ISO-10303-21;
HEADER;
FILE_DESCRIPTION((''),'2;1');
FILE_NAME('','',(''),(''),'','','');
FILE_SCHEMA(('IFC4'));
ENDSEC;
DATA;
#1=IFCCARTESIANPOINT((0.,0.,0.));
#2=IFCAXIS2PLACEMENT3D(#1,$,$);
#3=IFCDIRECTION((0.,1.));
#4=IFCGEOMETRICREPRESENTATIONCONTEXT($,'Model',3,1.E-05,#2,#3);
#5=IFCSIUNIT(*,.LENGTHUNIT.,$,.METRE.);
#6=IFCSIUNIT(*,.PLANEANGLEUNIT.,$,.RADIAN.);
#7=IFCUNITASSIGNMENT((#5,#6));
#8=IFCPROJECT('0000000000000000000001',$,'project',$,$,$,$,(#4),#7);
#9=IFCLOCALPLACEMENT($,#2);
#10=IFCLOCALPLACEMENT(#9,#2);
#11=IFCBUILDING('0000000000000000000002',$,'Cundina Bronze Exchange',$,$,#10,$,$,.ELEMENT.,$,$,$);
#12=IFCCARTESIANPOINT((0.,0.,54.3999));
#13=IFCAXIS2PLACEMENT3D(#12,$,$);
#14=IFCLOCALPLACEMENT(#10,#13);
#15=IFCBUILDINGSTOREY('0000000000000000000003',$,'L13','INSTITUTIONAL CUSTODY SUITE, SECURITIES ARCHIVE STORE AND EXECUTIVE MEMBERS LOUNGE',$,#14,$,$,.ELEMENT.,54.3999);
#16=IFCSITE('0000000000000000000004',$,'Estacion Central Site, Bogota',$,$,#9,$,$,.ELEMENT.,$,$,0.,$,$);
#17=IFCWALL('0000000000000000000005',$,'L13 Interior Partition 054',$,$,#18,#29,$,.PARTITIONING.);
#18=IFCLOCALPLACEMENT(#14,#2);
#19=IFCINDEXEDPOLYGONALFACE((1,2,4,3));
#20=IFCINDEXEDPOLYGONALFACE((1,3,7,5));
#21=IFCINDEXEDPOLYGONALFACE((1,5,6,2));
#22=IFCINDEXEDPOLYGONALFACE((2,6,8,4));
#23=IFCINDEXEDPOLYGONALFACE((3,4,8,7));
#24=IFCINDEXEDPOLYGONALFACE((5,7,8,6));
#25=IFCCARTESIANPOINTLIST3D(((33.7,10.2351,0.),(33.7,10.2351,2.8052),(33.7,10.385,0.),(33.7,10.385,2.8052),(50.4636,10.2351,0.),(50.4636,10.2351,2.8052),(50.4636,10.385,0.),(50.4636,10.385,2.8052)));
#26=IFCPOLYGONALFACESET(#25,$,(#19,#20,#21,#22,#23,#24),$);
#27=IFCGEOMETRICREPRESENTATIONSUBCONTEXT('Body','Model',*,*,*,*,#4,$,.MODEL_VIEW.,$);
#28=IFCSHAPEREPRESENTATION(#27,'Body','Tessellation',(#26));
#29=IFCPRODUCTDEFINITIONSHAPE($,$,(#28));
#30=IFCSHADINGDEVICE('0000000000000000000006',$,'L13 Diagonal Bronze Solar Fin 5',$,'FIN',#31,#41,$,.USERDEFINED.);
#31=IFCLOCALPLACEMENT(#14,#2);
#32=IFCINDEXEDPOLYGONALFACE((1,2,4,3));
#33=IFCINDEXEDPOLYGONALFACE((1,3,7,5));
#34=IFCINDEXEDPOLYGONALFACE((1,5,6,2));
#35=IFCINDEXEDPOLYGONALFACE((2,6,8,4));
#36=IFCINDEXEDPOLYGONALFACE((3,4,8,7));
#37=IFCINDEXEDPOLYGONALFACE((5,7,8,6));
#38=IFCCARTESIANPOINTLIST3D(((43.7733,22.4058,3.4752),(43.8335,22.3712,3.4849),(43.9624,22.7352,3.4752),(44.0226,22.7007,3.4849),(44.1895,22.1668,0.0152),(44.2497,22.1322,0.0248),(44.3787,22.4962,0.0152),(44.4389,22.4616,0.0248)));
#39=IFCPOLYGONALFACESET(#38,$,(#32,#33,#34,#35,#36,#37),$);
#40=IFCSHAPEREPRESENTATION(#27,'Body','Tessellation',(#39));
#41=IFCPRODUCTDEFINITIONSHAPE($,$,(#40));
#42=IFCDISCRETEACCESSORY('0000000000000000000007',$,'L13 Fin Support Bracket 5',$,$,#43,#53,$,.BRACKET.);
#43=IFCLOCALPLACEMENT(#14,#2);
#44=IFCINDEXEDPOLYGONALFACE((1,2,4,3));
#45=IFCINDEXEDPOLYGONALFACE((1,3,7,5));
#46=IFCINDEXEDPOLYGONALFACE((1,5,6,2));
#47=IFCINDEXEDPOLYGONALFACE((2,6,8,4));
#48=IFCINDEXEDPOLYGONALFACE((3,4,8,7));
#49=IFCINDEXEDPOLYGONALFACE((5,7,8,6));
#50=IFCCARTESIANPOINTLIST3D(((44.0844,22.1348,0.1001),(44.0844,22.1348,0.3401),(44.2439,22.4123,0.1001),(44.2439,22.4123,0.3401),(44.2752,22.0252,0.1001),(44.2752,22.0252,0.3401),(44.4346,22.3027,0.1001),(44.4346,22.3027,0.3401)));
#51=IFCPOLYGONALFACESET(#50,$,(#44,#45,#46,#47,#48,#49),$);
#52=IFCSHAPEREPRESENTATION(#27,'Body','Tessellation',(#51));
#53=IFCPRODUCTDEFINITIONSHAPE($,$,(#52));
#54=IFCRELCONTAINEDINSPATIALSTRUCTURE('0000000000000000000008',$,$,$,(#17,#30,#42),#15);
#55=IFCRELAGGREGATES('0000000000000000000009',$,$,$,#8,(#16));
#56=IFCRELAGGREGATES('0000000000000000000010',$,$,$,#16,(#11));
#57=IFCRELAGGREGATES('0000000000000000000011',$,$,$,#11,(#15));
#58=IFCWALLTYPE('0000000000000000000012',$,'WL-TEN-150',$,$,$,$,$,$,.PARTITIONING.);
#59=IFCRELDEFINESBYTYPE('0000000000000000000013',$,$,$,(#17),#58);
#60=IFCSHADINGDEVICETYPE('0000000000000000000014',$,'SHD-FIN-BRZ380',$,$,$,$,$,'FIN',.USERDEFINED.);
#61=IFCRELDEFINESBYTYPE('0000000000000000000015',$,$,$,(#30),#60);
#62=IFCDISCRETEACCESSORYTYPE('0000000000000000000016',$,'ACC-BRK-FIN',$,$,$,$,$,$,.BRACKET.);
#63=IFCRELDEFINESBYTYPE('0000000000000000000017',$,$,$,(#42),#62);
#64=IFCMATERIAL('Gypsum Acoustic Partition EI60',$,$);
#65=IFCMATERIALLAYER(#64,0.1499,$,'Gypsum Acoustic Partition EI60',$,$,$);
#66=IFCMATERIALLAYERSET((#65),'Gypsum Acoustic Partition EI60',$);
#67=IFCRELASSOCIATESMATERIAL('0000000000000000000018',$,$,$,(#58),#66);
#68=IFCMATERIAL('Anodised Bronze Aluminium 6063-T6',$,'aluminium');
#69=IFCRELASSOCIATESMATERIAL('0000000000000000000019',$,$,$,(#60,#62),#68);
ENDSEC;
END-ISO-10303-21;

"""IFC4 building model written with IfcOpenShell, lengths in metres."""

from ifc_helpers import new_model, si_unit, direction, frame, frame_2d, origin, origin_2d, place, context, subcontext, project, spatial, rectangle, extrude, material, layer, layer_set, material_profile, profile_set, type_object, element, save


model = new_model("IFC4")

# Units and contexts
model_context = context("Model", 3, precision=1e-05, world=origin(), true_north=direction((0.0, 1.0)))
body_context = subcontext(model_context, "Body", "Model", "MODEL_VIEW")
ifc_project = project(units=[si_unit("LENGTHUNIT", "METRE"), si_unit("PLANEANGLEUNIT", "RADIAN")], contexts=[model_context])

# Site, building, storey
site_placement = place(None, origin())
site = spatial("IfcSite", under=ifc_project, at=site_placement, Name="Estacion Central Site, Bogota", CompositionType="ELEMENT", RefElevation=0.0)
building_placement = place(site_placement, origin())
building = spatial("IfcBuilding", under=site, at=building_placement, Name="Cundina Bronze Exchange", CompositionType="ELEMENT")
storey_placement = place(building_placement, frame((0.0, 0.0, 54.3999)))
storey = spatial("IfcBuildingStorey", under=building, at=storey_placement, Name="L13", Description="INSTITUTIONAL CUSTODY SUITE, SECURITIES ARCHIVE STORE AND EXECUTIVE MEMBERS LOUNGE", CompositionType="ELEMENT", Elevation=54.3999)

# Shared definitions
ifc_material_1 = material(Name="Anodised Bronze Aluminium 6063-T6", Category="aluminium")

# Wall
ifc_material_2 = material(Name="Gypsum Acoustic Partition EI60")
ifc_layer_1 = layer(ifc_material_2, 0.1499, Name="Gypsum Acoustic Partition EI60")
ifc_layer_set_1 = layer_set([ifc_layer_1], Name="Gypsum Acoustic Partition EI60")
wall_type_1 = type_object("IfcWallType", Name="WL-TEN-150", PredefinedType="PARTITIONING", material=ifc_layer_set_1)
wall_1_placement = place(storey_placement, frame((33.7, 10.3101, 0.0), z_axis=(0.0, 0.0, 1.0), x_axis=(1.0, 0.0, 0.0)))
element("IfcWall", 1, at=wall_1_placement, inside=storey, type_object=wall_type_1, Name="L13 Interior Partition 054", PredefinedType="PARTITIONING", context=body_context, shape_type="SweptSolid", body=[
    extrude(rectangle(XDim=16.7637, YDim=0.1499, at=frame_2d((8.3818, 0.0))), origin(), (0.0, 0.0, 1.0), 2.8052),
])

# Shading device
ifc_material_profile_1 = material_profile(ifc_material_1, rectangle(XDim=0.0701, YDim=0.3799, at=origin_2d()), Name="FIN70X380", Category="aluminium")
ifc_profile_set_1 = profile_set([ifc_material_profile_1], Name="Anodised Bronze Aluminium 6063-T6")
shading_device_type = type_object("IfcShadingDeviceType", Name="SHD-FIN-BRZ380", ElementType="FIN", PredefinedType="USERDEFINED", material=ifc_profile_set_1)
shading_device_placement = place(storey_placement, frame((44.3142, 22.3142, 0.02), z_axis=(-0.119166, 0.068425, 0.990514), x_axis=(0.858982, -0.493222, 0.137414)))
element("IfcShadingDevice", 2, at=shading_device_placement, inside=storey, type_object=shading_device_type, Name="L13 Diagonal Bronze Solar Fin 5", ObjectType="FIN", PredefinedType="USERDEFINED", context=body_context, shape_type="SweptSolid", body=[
    extrude(rectangle(XDim=0.0701, YDim=0.3799, at=origin_2d()), origin(), (0.0, 0.0, 1.0), 3.4932),
])

# Discrete accessory
discrete_accessory_type = type_object("IfcDiscreteAccessoryType", Name="ACC-BRK-FIN", PredefinedType="BRACKET", material=ifc_material_1)
discrete_accessory_placement = place(storey_placement, frame((44.2595, 22.2188, 0.1001), z_axis=(0.0, 0.0, 1.0), x_axis=(-0.867105, 0.498125, 0.0)))
element("IfcDiscreteAccessory", 3, at=discrete_accessory_placement, inside=storey, type_object=discrete_accessory_type, Name="L13 Fin Support Bracket 5", PredefinedType="BRACKET", context=body_context, shape_type="SweptSolid", body=[
    extrude(rectangle(XDim=0.22, YDim=0.3201, at=origin_2d()), origin(), (0.0, 0.0, 1.0), 0.24),
])

save(model, "model.ifc")
